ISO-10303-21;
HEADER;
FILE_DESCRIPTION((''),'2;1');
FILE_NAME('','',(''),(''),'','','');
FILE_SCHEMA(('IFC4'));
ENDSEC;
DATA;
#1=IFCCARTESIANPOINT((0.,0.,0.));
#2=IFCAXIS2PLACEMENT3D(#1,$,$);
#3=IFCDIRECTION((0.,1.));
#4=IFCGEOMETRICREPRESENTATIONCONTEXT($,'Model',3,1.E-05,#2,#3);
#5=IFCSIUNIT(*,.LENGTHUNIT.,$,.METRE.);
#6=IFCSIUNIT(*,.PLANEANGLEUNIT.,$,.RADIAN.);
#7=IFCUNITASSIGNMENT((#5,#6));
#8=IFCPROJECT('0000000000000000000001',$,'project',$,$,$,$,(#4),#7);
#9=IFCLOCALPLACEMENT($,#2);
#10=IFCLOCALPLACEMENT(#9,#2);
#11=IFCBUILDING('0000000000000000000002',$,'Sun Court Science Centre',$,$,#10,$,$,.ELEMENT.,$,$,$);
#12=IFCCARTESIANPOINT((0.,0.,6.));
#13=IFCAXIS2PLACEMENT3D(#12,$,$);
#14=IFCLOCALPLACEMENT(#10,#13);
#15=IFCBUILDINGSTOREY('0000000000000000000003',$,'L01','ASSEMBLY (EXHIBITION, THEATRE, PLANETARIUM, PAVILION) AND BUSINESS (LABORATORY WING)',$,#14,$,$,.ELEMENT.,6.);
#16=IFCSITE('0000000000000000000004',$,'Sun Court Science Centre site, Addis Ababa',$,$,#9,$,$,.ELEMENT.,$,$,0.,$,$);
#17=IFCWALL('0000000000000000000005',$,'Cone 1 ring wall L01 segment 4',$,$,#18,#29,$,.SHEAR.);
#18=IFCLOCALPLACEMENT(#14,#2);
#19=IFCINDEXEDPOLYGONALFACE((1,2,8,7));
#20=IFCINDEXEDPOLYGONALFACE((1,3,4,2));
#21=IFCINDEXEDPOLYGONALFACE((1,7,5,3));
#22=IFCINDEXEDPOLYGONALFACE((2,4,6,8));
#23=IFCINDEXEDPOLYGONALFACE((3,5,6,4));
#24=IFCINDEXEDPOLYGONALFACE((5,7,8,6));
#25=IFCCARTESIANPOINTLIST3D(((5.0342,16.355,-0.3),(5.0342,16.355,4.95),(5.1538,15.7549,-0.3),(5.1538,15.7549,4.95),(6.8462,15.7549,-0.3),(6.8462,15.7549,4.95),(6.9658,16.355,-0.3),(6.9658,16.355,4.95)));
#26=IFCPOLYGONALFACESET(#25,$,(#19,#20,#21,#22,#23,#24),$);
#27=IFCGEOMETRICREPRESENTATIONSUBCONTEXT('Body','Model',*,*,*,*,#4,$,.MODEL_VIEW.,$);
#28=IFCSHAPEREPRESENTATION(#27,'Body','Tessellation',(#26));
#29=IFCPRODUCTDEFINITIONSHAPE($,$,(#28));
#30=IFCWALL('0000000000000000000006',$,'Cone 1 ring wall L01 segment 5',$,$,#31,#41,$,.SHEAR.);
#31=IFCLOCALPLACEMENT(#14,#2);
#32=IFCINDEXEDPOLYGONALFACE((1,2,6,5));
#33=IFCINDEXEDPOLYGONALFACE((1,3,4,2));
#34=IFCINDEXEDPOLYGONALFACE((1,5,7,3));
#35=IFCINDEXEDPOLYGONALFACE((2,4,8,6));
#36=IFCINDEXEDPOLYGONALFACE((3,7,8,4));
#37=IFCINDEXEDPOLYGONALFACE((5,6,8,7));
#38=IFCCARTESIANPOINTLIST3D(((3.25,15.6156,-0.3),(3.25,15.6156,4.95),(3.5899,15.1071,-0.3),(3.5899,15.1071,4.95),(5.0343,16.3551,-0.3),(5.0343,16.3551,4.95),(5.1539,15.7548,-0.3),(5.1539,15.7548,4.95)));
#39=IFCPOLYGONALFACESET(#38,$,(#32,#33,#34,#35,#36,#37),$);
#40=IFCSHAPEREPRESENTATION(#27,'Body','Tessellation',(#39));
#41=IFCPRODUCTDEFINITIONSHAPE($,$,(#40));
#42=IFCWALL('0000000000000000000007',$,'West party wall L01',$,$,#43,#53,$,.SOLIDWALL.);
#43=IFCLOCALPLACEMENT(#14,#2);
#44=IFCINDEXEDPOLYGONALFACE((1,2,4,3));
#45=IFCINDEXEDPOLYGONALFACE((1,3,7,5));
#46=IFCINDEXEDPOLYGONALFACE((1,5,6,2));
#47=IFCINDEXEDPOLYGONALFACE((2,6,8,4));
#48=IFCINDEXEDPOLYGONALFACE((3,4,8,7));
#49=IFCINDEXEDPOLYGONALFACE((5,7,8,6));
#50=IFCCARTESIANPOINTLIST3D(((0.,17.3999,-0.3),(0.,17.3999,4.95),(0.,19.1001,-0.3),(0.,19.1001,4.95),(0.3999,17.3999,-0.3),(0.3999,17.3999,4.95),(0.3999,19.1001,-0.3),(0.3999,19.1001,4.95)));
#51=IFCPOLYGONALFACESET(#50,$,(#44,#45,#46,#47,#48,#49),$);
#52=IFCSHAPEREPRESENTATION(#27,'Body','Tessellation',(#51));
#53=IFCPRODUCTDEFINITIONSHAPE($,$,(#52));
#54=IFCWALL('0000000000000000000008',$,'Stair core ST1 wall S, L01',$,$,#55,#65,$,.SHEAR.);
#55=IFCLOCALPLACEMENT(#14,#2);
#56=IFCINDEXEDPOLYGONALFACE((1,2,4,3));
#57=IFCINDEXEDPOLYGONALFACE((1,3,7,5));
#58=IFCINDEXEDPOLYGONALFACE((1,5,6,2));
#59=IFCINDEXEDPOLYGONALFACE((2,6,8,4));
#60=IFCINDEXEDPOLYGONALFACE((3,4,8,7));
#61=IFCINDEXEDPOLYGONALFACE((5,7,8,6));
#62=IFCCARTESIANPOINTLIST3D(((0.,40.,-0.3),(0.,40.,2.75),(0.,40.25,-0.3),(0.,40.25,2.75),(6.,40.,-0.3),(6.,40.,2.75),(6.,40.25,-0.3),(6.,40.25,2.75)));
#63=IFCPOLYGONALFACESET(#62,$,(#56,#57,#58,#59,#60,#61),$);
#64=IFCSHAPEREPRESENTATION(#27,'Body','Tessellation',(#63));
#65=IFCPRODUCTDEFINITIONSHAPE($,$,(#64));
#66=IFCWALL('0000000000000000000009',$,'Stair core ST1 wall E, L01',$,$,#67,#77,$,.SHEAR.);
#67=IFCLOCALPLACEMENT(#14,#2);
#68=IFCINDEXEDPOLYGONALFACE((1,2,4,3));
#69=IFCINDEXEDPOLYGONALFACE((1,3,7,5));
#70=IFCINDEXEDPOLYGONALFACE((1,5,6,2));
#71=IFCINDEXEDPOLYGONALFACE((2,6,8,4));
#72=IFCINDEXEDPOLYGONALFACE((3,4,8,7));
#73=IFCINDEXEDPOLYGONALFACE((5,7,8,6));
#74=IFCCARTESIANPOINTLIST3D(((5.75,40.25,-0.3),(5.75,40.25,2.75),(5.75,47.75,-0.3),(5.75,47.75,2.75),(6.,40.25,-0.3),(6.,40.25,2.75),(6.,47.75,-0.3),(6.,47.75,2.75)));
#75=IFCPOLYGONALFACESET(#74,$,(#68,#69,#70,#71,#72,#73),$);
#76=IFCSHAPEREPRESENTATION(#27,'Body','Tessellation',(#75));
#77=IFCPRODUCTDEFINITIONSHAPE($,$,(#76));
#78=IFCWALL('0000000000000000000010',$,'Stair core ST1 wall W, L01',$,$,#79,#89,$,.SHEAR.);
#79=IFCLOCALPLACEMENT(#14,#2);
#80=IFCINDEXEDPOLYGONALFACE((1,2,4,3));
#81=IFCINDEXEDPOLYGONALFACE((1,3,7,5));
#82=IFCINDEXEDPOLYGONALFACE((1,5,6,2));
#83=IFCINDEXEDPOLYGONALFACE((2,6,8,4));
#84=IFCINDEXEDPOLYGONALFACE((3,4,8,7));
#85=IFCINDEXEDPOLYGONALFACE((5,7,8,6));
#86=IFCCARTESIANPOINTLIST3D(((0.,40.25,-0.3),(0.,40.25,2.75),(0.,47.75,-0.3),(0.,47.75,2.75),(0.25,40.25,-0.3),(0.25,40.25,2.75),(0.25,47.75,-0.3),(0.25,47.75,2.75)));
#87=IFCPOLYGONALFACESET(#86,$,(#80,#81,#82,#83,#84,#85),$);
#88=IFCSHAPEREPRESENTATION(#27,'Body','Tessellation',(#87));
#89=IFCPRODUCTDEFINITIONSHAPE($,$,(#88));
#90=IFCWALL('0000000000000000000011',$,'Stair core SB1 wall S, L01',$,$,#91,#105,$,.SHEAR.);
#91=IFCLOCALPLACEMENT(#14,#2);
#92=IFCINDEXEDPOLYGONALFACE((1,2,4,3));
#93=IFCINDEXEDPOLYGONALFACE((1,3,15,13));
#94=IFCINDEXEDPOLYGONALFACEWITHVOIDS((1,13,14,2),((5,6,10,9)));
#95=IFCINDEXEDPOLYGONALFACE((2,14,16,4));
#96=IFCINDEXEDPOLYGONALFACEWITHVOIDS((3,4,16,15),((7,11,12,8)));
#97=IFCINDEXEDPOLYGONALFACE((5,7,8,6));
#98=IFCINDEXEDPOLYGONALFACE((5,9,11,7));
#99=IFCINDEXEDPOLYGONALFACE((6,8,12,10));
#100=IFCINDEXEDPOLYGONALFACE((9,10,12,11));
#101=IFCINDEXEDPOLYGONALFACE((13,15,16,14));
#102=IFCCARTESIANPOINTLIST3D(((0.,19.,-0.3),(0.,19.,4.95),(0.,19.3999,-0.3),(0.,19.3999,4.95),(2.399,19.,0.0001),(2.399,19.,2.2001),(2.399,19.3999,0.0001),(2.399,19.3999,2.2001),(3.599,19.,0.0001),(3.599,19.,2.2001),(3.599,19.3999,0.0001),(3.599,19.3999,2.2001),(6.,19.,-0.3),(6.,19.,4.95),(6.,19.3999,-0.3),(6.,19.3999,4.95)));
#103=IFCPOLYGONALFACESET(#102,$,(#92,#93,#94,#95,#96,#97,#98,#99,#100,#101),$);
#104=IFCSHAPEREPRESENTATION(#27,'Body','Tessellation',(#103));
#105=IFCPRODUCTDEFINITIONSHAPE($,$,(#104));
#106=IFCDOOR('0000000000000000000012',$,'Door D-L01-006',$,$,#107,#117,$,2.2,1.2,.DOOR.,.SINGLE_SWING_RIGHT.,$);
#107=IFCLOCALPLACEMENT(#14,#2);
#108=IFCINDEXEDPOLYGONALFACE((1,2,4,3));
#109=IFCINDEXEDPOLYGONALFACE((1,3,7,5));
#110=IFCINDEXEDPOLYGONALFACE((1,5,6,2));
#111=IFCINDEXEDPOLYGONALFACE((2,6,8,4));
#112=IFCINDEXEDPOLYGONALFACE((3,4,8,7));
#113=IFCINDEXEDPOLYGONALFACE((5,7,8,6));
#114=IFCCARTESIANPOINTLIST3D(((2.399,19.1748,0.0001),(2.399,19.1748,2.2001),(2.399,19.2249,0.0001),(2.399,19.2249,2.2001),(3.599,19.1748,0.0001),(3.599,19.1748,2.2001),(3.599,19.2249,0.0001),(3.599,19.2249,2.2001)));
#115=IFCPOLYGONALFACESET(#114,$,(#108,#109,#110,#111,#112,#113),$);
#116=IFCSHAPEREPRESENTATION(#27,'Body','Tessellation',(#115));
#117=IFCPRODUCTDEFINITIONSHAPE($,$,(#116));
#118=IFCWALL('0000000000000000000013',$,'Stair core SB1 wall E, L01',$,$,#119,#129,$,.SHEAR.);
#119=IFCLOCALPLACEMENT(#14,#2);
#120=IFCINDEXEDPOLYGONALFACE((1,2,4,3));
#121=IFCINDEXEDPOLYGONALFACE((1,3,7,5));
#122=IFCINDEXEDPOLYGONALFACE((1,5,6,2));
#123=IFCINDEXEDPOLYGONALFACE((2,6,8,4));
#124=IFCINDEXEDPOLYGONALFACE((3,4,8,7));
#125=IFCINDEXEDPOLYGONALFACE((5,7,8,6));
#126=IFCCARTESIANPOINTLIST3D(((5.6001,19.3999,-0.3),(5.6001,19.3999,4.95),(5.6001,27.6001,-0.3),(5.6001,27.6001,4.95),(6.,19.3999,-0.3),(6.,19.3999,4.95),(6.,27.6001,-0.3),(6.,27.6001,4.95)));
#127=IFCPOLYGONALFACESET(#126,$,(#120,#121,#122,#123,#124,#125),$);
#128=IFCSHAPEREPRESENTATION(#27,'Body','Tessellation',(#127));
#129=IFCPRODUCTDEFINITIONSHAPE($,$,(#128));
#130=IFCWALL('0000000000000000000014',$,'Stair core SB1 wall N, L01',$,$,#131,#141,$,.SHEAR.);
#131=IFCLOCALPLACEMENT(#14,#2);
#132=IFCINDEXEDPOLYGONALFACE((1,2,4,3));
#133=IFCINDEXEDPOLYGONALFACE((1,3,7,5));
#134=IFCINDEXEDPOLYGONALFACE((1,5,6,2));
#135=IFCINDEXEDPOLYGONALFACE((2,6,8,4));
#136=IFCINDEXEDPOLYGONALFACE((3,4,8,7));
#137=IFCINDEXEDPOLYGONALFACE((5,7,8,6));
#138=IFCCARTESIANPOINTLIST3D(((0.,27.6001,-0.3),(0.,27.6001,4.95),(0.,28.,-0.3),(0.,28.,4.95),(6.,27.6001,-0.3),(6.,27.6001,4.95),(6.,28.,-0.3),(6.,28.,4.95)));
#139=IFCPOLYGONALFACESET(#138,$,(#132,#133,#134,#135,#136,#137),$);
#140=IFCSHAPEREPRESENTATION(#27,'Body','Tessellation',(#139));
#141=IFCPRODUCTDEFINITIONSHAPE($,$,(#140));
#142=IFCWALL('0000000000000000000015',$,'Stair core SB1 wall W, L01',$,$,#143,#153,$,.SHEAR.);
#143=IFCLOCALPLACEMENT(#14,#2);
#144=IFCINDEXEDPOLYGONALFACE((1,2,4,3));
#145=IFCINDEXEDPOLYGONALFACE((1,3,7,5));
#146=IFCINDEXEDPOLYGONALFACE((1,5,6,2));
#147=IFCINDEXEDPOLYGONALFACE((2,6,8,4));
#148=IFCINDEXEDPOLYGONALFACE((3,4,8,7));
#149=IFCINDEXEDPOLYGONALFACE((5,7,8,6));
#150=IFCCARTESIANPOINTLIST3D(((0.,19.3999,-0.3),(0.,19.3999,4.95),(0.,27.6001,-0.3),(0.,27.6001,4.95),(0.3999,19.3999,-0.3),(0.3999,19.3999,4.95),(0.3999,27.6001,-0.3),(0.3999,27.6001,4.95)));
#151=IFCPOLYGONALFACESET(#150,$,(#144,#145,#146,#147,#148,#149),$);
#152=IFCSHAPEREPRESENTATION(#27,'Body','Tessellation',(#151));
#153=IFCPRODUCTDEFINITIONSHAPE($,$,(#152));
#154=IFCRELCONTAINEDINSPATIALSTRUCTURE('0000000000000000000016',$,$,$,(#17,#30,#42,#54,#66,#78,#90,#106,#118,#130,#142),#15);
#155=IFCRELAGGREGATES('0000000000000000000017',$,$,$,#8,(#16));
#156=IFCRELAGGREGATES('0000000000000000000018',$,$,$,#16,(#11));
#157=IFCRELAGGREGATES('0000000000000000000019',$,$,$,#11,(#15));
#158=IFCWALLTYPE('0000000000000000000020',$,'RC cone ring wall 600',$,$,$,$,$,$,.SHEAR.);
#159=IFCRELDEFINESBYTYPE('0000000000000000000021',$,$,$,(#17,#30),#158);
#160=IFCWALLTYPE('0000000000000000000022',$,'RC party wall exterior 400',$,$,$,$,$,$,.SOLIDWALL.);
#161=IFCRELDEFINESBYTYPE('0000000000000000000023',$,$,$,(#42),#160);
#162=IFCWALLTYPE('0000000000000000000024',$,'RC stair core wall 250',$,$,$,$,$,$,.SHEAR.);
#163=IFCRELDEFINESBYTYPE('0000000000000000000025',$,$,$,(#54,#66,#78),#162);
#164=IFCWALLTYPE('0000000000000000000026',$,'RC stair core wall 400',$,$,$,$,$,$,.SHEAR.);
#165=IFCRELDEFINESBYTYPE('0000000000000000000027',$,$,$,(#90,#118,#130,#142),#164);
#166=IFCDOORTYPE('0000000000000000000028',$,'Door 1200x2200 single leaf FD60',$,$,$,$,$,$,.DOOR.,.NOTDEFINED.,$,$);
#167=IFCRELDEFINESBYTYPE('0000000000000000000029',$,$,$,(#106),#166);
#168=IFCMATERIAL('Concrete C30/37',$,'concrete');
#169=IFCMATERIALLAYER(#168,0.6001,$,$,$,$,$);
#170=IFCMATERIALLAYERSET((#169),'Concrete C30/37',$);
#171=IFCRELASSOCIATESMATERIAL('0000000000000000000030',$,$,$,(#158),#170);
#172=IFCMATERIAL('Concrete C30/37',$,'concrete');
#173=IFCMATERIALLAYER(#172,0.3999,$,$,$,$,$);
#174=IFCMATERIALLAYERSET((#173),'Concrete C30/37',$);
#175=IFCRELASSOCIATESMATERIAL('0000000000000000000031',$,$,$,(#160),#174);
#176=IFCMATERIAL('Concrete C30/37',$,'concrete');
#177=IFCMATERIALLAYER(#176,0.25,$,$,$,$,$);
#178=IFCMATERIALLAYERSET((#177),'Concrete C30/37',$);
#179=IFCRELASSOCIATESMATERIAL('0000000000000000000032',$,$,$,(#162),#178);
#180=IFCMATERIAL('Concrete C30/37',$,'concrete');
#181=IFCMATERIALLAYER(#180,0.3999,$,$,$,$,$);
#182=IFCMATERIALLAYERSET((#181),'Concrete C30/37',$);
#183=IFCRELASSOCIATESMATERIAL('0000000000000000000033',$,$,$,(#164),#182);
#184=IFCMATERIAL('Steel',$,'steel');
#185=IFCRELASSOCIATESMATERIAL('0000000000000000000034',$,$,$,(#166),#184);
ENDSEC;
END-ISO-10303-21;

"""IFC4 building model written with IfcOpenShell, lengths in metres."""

from ifc_helpers import new_model, si_unit, direction, frame, frame_2d, origin, place, context, subcontext, project, spatial, polyline, rectangle, outline, extrude, material, layer, layer_set, type_object, element, fill, save


model = new_model("IFC4")

# Units and contexts
model_context = context("Model", 3, precision=1e-05, world=origin(), true_north=direction((0.0, 1.0)))
body_context = subcontext(model_context, "Body", "Model", "MODEL_VIEW")
ifc_project = project(units=[si_unit("LENGTHUNIT", "METRE"), si_unit("PLANEANGLEUNIT", "RADIAN")], contexts=[model_context])

# Site, building, storey
site_placement = place(None, origin())
site = spatial("IfcSite", under=ifc_project, at=site_placement, Name="Sun Court Science Centre site, Addis Ababa", CompositionType="ELEMENT", RefElevation=0.0)
building_placement = place(site_placement, origin())
building = spatial("IfcBuilding", under=site, at=building_placement, Name="Sun Court Science Centre", CompositionType="ELEMENT")
storey_placement = place(building_placement, frame((0.0, 0.0, 6.0)))
storey = spatial("IfcBuildingStorey", under=building, at=storey_placement, Name="L01", Description="ASSEMBLY (EXHIBITION, THEATRE, PLANETARIUM, PAVILION) AND BUSINESS (LABORATORY WING)", CompositionType="ELEMENT", Elevation=6.0)

# Walls
ifc_material_1 = material(Name="Concrete C30/37", Category="concrete")
ifc_layer_1 = layer(ifc_material_1, 0.6001)
ifc_layer_set_1 = layer_set([ifc_layer_1], Name="Concrete C30/37")
wall_type_1 = type_object("IfcWallType", Name="RC cone ring wall 600", PredefinedType="SHEAR", material=ifc_layer_set_1)
wall_1_placement = place(storey_placement, frame((6.9656, 16.0549, -0.3), z_axis=(0.0, 0.0, 1.0), x_axis=(-1.0, 0.0, 0.0)))
element("IfcWall", 1, at=wall_1_placement, inside=storey, type_object=wall_type_1, Name="Cone 1 ring wall L01 segment 4", PredefinedType="SHEAR", context=body_context, shape_type="SweptSolid", body=[
    extrude(outline(polyline([(-0.0002, -0.3), (1.9314, -0.3), (1.8118, 0.3), (0.1194, 0.3), (-0.0002, -0.3)])), origin(), (0.0, 0.0, 1.0), 5.25),
])
wall_2_placement = place(storey_placement, frame((5.1492, 16.0776, -0.3), z_axis=(0.0, 0.0, 1.0), x_axis=(-0.923901, -0.382631, 0.0)))
element("IfcWall", 2, at=wall_2_placement, inside=storey, type_object=wall_type_1, Name="Cone 1 ring wall L01 segment 5", PredefinedType="SHEAR", context=body_context, shape_type="SweptSolid", body=[
    extrude(outline(polyline([(0.0, -0.3003), (1.9314, -0.2998), (1.812, 0.3), (0.1191, 0.3), (0.0, -0.3003)])), origin(), (0.0, 0.0, 1.0), 5.25),
])
ifc_material_2 = material(Name="Concrete C30/37", Category="concrete")
ifc_layer_2 = layer(ifc_material_2, 0.3999)
ifc_layer_set_2 = layer_set([ifc_layer_2], Name="Concrete C30/37")
wall_type_2 = type_object("IfcWallType", Name="RC party wall exterior 400", PredefinedType="SOLIDWALL", material=ifc_layer_set_2)
wall_3_placement = place(storey_placement, frame((0.2, 17.3999, -0.3), z_axis=(0.0, 0.0, 1.0), x_axis=(0.0, 1.0, 0.0)))
element("IfcWall", 3, at=wall_3_placement, inside=storey, type_object=wall_type_2, Name="West party wall L01", PredefinedType="SOLIDWALL", context=body_context, shape_type="SweptSolid", body=[
    extrude(rectangle(XDim=1.7002, YDim=0.3999, at=frame_2d((0.8501, 0.0))), origin(), (0.0, 0.0, 1.0), 5.25),
])
ifc_material_3 = material(Name="Concrete C30/37", Category="concrete")
ifc_layer_3 = layer(ifc_material_3, 0.25)
ifc_layer_set_3 = layer_set([ifc_layer_3], Name="Concrete C30/37")
wall_type_3 = type_object("IfcWallType", Name="RC stair core wall 250", PredefinedType="SHEAR", material=ifc_layer_set_3)
wall_4_placement = place(storey_placement, frame((0.0, 40.125, -0.3), z_axis=(0.0, 0.0, 1.0), x_axis=(1.0, 0.0, 0.0)))
element("IfcWall", 4, at=wall_4_placement, inside=storey, type_object=wall_type_3, Name="Stair core ST1 wall S, L01", PredefinedType="SHEAR", context=body_context, shape_type="SweptSolid", body=[
    extrude(rectangle(XDim=6.0, YDim=0.25, at=frame_2d((3.0, 0.0))), origin(), (0.0, 0.0, 1.0), 3.05),
])
for number, where, z_axis, x_axis, name in (
    (5, (5.875, 40.25, -0.3), (0.0, 0.0, 1.0), (0.0, 1.0, 0.0), "Stair core ST1 wall E, L01"),
    (6, (0.125, 40.25, -0.3), (0.0, 0.0, 1.0), (0.0, 1.0, 0.0), "Stair core ST1 wall W, L01"),
):
    element("IfcWall", number, at=place(storey_placement, frame(where, z_axis=z_axis, x_axis=x_axis)), inside=storey, type_object=wall_type_3, Name=name, PredefinedType="SHEAR", context=body_context, shape_type="SweptSolid", body=[
        extrude(rectangle(XDim=7.5, YDim=0.25, at=frame_2d((3.75, 0.0))), origin(), (0.0, 0.0, 1.0), 3.05),
    ])

# Wall, opening, door
ifc_material_4 = material(Name="Concrete C30/37", Category="concrete")
ifc_layer_4 = layer(ifc_material_4, 0.3999)
ifc_layer_set_4 = layer_set([ifc_layer_4], Name="Concrete C30/37")
wall_type_4 = type_object("IfcWallType", Name="RC stair core wall 400", PredefinedType="SHEAR", material=ifc_layer_set_4)
wall_5_placement = place(storey_placement, frame((0.0, 19.2, -0.3), z_axis=(0.0, 0.0, 1.0), x_axis=(1.0, 0.0, 0.0)))
wall_5 = element("IfcWall", 7, at=wall_5_placement, inside=storey, type_object=wall_type_4, Name="Stair core SB1 wall S, L01", PredefinedType="SHEAR", context=body_context, shape_type="SweptSolid", body=[
    extrude(rectangle(XDim=6.0, YDim=0.3999, at=frame_2d((3.0, 0.0))), origin(), (0.0, 0.0, 1.0), 5.25),
])
opening_placement = place(wall_5_placement, frame((2.3989, 0.0, 0.3)))
opening = element("IfcOpeningElement", 8, at=opening_placement, cuts=wall_5, PredefinedType="OPENING", context=body_context, shape_type="SweptSolid", body=[
    extrude(rectangle(XDim=1.2, YDim=2.2, at=frame_2d((0.6001, 1.1001))), frame((0.0, 0.21, 0.0), z_axis=(0.0, -1.0, 0.0), x_axis=(1.0, 0.0, 0.0)), (0.0, 0.0, 1.0), 0.4199),
])
ifc_material_5 = material(Name="Steel", Category="steel")
door_type = type_object("IfcDoorType", Name="Door 1200x2200 single leaf FD60", OperationType="NOTDEFINED", PredefinedType="DOOR", material=ifc_material_5)
door_placement = place(opening_placement, origin())
door = element("IfcDoor", 9, at=door_placement, inside=storey, type_object=door_type, Name="Door D-L01-006", OperationType="SINGLE_SWING_RIGHT", OverallHeight=2.2, OverallWidth=1.2, PredefinedType="DOOR", context=body_context, shape_type="SweptSolid", body=[
    extrude(rectangle(XDim=1.2, YDim=2.2, at=frame_2d((0.6001, 1.1001))), frame((0.0, 0.0249, 0.0), z_axis=(0.0, -1.0, 0.0), x_axis=(1.0, 0.0, 0.0)), (0.0, 0.0, 1.0), 0.05),
])
fill(opening, door)

# Walls
wall_6_placement = place(storey_placement, frame((5.8, 19.3999, -0.3), z_axis=(0.0, 0.0, 1.0), x_axis=(0.0, 1.0, 0.0)))
element("IfcWall", 10, at=wall_6_placement, inside=storey, type_object=wall_type_4, Name="Stair core SB1 wall E, L01", PredefinedType="SHEAR", context=body_context, shape_type="SweptSolid", body=[
    extrude(rectangle(XDim=8.2002, YDim=0.3999, at=frame_2d((4.1001, 0.0))), origin(), (0.0, 0.0, 1.0), 5.25),
])
wall_7_placement = place(storey_placement, frame((0.0, 27.8, -0.3), z_axis=(0.0, 0.0, 1.0), x_axis=(1.0, 0.0, 0.0)))
element("IfcWall", 11, at=wall_7_placement, inside=storey, type_object=wall_type_4, Name="Stair core SB1 wall N, L01", PredefinedType="SHEAR", context=body_context, shape_type="SweptSolid", body=[
    extrude(rectangle(XDim=6.0, YDim=0.3999, at=frame_2d((3.0, 0.0))), origin(), (0.0, 0.0, 1.0), 5.25),
])
wall_8_placement = place(storey_placement, frame((0.2, 19.3999, -0.3), z_axis=(0.0, 0.0, 1.0), x_axis=(0.0, 1.0, 0.0)))
element("IfcWall", 12, at=wall_8_placement, inside=storey, type_object=wall_type_4, Name="Stair core SB1 wall W, L01", PredefinedType="SHEAR", context=body_context, shape_type="SweptSolid", body=[
    extrude(rectangle(XDim=8.2002, YDim=0.3999, at=frame_2d((4.1001, 0.0))), origin(), (0.0, 0.0, 1.0), 5.25),
])

save(model, "model.ifc")
